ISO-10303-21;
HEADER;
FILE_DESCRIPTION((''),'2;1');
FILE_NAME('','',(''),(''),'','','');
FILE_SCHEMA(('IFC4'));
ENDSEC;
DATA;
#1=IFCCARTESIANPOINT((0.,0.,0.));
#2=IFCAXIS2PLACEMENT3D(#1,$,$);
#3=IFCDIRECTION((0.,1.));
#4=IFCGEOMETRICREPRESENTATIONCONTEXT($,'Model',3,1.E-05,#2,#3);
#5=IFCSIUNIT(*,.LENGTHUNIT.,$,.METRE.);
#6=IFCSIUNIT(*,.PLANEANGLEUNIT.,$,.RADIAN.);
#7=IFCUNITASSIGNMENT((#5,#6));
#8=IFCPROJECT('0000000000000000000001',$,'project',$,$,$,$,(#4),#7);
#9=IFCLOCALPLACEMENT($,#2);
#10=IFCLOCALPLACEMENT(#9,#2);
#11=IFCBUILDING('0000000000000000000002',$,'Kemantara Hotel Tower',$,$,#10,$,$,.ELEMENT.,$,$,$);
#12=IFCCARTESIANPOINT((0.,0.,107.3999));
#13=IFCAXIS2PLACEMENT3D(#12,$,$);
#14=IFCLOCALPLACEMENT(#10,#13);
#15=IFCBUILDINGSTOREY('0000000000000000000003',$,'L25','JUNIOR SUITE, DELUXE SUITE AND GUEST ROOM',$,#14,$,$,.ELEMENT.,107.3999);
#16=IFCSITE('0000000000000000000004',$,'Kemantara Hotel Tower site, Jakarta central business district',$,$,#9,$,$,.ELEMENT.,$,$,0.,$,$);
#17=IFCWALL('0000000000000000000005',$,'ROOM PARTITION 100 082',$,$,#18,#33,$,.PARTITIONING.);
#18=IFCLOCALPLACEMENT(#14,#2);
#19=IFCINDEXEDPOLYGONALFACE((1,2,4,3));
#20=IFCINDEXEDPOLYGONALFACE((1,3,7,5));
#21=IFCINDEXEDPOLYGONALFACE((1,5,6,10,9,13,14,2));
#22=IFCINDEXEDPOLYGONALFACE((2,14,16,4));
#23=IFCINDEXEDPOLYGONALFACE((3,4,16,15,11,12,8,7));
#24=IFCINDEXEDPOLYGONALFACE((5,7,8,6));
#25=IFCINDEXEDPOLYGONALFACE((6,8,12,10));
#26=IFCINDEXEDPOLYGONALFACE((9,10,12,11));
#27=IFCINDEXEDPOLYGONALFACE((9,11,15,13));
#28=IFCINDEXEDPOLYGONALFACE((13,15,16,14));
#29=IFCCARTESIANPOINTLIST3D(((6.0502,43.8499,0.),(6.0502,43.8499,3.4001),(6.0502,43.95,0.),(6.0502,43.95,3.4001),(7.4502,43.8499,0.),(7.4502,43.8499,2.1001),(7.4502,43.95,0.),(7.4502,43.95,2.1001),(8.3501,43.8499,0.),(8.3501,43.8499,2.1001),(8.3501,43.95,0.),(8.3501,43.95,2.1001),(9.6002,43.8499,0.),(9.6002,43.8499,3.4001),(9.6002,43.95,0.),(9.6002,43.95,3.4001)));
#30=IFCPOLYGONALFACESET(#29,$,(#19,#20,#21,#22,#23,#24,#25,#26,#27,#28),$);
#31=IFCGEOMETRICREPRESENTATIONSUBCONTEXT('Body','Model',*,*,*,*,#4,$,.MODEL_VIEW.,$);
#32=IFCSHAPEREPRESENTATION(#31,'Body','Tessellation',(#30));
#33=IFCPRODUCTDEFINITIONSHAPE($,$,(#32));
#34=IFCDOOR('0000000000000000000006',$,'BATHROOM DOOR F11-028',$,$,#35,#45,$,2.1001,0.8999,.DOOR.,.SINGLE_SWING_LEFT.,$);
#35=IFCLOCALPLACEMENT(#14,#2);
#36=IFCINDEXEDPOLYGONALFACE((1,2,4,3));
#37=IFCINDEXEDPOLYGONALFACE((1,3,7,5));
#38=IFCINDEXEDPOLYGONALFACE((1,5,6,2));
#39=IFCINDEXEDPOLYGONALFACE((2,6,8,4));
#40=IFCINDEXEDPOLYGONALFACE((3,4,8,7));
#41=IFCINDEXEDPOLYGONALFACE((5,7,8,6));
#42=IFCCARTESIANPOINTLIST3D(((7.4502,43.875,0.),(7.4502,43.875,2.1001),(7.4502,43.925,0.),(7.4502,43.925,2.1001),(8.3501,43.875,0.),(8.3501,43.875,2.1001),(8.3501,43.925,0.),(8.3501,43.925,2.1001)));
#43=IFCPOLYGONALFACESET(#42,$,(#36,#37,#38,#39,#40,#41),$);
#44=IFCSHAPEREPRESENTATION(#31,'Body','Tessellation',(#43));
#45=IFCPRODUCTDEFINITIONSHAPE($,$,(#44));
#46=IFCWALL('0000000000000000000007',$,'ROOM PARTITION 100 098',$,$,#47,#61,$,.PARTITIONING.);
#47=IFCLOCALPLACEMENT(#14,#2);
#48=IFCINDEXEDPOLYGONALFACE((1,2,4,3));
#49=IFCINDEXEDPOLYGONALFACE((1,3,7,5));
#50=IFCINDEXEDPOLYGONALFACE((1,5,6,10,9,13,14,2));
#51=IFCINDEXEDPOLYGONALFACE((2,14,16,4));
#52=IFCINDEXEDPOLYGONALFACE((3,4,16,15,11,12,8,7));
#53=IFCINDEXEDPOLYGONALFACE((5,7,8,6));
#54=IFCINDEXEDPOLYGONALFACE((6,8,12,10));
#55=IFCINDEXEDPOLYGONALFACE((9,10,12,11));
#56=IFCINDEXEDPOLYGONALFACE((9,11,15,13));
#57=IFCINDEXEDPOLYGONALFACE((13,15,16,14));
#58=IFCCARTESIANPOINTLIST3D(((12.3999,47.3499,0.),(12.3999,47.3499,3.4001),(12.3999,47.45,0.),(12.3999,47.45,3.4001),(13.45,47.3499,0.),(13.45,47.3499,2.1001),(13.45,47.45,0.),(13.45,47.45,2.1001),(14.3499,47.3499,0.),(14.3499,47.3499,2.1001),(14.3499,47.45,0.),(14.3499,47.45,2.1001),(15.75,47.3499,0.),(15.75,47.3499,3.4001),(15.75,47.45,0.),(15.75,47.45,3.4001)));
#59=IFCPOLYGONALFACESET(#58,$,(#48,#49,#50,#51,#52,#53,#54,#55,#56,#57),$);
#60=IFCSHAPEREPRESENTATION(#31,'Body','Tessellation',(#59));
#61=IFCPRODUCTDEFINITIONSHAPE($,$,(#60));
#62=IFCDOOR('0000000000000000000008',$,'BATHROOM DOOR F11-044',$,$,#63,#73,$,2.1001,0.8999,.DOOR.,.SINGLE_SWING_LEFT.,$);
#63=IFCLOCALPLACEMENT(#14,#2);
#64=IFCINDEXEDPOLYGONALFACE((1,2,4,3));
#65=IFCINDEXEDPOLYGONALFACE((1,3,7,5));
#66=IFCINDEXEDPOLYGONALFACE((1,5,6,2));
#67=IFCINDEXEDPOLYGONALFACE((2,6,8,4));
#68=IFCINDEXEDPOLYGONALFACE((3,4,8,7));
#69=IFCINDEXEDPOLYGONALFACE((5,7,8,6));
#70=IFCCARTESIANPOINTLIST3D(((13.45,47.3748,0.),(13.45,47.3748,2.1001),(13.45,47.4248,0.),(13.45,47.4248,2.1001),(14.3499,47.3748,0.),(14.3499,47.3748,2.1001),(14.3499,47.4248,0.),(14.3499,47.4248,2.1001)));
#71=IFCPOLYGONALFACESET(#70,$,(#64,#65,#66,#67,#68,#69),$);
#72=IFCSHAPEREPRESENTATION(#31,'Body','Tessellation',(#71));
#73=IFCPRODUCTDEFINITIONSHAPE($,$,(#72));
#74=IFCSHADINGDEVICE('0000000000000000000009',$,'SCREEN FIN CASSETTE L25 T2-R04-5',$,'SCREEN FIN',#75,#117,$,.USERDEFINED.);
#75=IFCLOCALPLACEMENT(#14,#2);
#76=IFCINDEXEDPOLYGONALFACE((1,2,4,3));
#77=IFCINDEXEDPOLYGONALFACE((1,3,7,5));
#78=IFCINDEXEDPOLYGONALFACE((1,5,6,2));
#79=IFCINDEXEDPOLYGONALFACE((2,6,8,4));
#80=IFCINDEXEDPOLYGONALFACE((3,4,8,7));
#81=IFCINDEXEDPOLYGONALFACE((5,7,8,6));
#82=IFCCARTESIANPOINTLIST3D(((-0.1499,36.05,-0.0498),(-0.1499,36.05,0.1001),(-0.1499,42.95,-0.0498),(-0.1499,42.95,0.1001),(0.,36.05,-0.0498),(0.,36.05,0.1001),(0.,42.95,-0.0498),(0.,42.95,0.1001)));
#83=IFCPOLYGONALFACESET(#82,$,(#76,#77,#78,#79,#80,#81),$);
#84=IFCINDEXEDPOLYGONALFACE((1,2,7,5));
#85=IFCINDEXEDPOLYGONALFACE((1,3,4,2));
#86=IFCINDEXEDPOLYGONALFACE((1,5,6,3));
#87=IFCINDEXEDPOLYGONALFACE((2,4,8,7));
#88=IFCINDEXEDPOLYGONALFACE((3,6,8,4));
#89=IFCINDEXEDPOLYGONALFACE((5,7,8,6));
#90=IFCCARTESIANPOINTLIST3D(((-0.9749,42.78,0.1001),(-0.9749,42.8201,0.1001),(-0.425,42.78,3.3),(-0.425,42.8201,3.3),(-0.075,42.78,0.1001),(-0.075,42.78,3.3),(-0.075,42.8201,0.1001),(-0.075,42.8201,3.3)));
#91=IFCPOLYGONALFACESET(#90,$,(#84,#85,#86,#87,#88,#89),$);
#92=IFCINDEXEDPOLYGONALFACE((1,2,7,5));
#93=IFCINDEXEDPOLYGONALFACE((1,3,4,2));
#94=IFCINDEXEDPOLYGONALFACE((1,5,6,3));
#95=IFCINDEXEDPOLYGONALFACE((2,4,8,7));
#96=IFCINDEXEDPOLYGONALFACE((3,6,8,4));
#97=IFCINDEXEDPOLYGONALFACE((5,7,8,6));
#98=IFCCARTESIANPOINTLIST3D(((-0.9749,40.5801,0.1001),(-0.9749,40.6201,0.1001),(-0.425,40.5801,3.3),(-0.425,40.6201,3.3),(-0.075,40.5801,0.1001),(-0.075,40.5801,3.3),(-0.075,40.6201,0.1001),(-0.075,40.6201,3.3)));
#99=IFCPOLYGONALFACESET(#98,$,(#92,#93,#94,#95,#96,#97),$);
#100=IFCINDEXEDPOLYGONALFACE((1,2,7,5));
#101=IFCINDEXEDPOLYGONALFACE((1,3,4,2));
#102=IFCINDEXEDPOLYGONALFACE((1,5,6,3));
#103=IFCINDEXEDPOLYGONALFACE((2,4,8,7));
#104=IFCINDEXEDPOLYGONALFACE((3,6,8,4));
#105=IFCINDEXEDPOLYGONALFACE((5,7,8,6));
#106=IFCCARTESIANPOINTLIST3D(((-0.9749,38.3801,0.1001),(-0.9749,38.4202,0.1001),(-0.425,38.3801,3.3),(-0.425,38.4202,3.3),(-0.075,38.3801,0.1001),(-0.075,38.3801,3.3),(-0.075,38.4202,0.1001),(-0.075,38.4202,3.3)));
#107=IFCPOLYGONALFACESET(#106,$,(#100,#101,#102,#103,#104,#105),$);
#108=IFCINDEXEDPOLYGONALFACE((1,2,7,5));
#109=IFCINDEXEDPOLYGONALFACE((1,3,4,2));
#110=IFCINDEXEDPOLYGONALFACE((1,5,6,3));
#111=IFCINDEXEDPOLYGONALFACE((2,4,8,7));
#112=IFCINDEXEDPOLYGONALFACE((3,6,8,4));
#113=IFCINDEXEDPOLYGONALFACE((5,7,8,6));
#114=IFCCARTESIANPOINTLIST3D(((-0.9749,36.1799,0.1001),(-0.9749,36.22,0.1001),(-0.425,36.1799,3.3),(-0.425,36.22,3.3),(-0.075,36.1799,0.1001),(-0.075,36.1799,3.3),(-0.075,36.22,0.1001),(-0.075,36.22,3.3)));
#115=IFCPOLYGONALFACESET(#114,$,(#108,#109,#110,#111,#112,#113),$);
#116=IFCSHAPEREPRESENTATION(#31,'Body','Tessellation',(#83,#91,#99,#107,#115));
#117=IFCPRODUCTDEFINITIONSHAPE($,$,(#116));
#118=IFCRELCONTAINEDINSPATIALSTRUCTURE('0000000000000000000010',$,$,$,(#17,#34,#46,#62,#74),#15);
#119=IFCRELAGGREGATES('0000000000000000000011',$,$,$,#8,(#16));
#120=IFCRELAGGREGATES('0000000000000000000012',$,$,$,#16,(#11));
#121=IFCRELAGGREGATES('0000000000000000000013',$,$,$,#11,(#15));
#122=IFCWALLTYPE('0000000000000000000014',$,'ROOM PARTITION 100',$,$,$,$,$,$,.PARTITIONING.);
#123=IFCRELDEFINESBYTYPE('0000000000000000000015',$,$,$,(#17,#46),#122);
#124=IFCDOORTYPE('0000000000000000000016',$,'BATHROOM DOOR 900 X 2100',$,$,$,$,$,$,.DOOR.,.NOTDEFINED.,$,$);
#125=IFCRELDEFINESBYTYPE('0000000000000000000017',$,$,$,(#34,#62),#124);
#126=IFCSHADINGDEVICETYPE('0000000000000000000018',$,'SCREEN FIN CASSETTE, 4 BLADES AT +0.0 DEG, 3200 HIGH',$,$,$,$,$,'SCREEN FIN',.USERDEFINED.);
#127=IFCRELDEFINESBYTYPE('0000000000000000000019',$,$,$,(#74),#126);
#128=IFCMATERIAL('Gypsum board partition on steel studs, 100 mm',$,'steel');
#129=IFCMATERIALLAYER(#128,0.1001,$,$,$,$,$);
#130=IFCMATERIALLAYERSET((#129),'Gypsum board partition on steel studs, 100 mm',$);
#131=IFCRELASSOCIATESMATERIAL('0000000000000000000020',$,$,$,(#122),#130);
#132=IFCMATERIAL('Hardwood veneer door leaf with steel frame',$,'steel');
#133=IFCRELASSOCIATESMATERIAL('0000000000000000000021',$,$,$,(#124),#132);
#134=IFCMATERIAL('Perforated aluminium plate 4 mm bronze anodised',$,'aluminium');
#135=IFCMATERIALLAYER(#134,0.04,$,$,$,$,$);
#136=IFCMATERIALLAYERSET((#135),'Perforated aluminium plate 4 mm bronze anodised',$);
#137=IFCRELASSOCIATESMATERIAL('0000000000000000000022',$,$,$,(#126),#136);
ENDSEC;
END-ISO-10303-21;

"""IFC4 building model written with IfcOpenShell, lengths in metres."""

from ifc_helpers import new_model, si_unit, direction, frame, frame_2d, origin, origin_2d, place, context, subcontext, project, spatial, polyline, rectangle, outline, extrude, source, transform, mapped, material, layer, layer_set, type_object, element, fill, save


model = new_model("IFC4")

# Units and contexts
model_context = context("Model", 3, precision=1e-05, world=origin(), true_north=direction((0.0, 1.0)))
body_context = subcontext(model_context, "Body", "Model", "MODEL_VIEW")
ifc_project = project(units=[si_unit("LENGTHUNIT", "METRE"), si_unit("PLANEANGLEUNIT", "RADIAN")], contexts=[model_context])

# Site, building, storey
site_placement = place(None, origin())
site = spatial("IfcSite", under=ifc_project, at=site_placement, Name="Kemantara Hotel Tower site, Jakarta central business district", CompositionType="ELEMENT", RefElevation=0.0)
building_placement = place(site_placement, origin())
building = spatial("IfcBuilding", under=site, at=building_placement, Name="Kemantara Hotel Tower", CompositionType="ELEMENT")
storey_placement = place(building_placement, frame((0.0, 0.0, 107.3999)))
storey = spatial("IfcBuildingStorey", under=building, at=storey_placement, Name="L25", Description="JUNIOR SUITE, DELUXE SUITE AND GUEST ROOM", CompositionType="ELEMENT", Elevation=107.3999)

# Shared definitions
ifc_material_1 = material(Name="Hardwood veneer door leaf with steel frame", Category="steel")

# Shared definitions
ifc_material_2 = material(Name="Gypsum board partition on steel studs, 100 mm", Category="steel")
ifc_layer_1 = layer(ifc_material_2, 0.1001)
ifc_layer_set_1 = layer_set([ifc_layer_1], Name="Gypsum board partition on steel studs, 100 mm")
wall_type_1 = type_object("IfcWallType", Name="ROOM PARTITION 100", PredefinedType="PARTITIONING", material=ifc_layer_set_1)

# Walls, openings, doors
wall_1_placement = place(storey_placement, frame((9.6001, 43.8999, 0.0), z_axis=(0.0, 0.0, 1.0), x_axis=(-1.0, 0.0, 0.0)))
wall_1 = element("IfcWall", 1, at=wall_1_placement, inside=storey, type_object=wall_type_1, Name="ROOM PARTITION 100 082", PredefinedType="PARTITIONING", context=body_context, shape_type="SweptSolid", body=[
    extrude(rectangle(XDim=3.55, YDim=0.1001, at=frame_2d((1.7749, 0.0))), origin(), (0.0, 0.0, 1.0), 3.4001),
])
opening_1_placement = place(wall_1_placement, frame((1.25, 0.0, 0.0)))
opening_1 = element("IfcOpeningElement", 2, at=opening_1_placement, cuts=wall_1, PredefinedType="OPENING", context=body_context, shape_type="SweptSolid", body=[
    extrude(rectangle(XDim=0.8999, YDim=2.1001, at=frame_2d((0.45, 1.05))), frame((0.0, 0.0601, 0.0), z_axis=(0.0, -1.0, 0.0), x_axis=(1.0, 0.0, 0.0)), (0.0, 0.0, 1.0), 0.1201),
])
door_type_1 = type_object("IfcDoorType", Name="BATHROOM DOOR 900 X 2100", OperationType="NOTDEFINED", PredefinedType="DOOR", material=ifc_material_1)
door_1_placement = place(opening_1_placement, origin())
door_1 = element("IfcDoor", 3, at=door_1_placement, inside=storey, type_object=door_type_1, Name="BATHROOM DOOR F11-028", OperationType="SINGLE_SWING_LEFT", OverallHeight=2.1001, OverallWidth=0.8999, PredefinedType="DOOR", context=body_context, shape_type="SweptSolid", body=[
    extrude(rectangle(XDim=0.8999, YDim=2.1001, at=frame_2d((0.45, 1.05))), frame((0.0, 0.0249, 0.0), z_axis=(0.0, -1.0, 0.0), x_axis=(1.0, 0.0, 0.0)), (0.0, 0.0, 1.0), 0.05),
])
fill(opening_1, door_1)
wall_2_placement = place(storey_placement, frame((12.3999, 47.3999, 0.0), z_axis=(0.0, 0.0, 1.0), x_axis=(1.0, 0.0, 0.0)))
wall_2 = element("IfcWall", 4, at=wall_2_placement, inside=storey, type_object=wall_type_1, Name="ROOM PARTITION 100 098", PredefinedType="PARTITIONING", context=body_context, shape_type="SweptSolid", body=[
    extrude(rectangle(XDim=3.3501, YDim=0.1001, at=frame_2d((1.675, 0.0))), origin(), (0.0, 0.0, 1.0), 3.4001),
])
opening_2_placement = place(wall_2_placement, frame((1.05, 0.0, 0.0)))
opening_2 = element("IfcOpeningElement", 5, at=opening_2_placement, cuts=wall_2, PredefinedType="OPENING", context=body_context, shape_type="SweptSolid", body=[
    extrude(rectangle(XDim=0.8999, YDim=2.1001, at=frame_2d((0.45, 1.05))), frame((0.0, 0.0601, 0.0), z_axis=(0.0, -1.0, 0.0), x_axis=(1.0, 0.0, 0.0)), (0.0, 0.0, 1.0), 0.1201),
])
door_2_placement = place(opening_2_placement, origin())
door_2 = element("IfcDoor", 6, at=door_2_placement, inside=storey, type_object=door_type_1, Name="BATHROOM DOOR F11-044", OperationType="SINGLE_SWING_LEFT", OverallHeight=2.1001, OverallWidth=0.8999, PredefinedType="DOOR", context=body_context, shape_type="SweptSolid", body=[
    extrude(rectangle(XDim=0.8999, YDim=2.1001, at=frame_2d((0.45, 1.05))), frame((0.0, 0.0249, 0.0), z_axis=(0.0, -1.0, 0.0), x_axis=(1.0, 0.0, 0.0)), (0.0, 0.0, 1.0), 0.05),
])
fill(opening_2, door_2)

# Shading device
ifc_material_3 = material(Name="Perforated aluminium plate 4 mm bronze anodised", Category="aluminium")
ifc_layer_2 = layer(ifc_material_3, 0.04)
ifc_layer_set_2 = layer_set([ifc_layer_2], Name="Perforated aluminium plate 4 mm bronze anodised")
shading_device_type = type_object("IfcShadingDeviceType", Name="SCREEN FIN CASSETTE, 4 BLADES AT +0.0 DEG, 3200 HIGH", ElementType="SCREEN FIN", PredefinedType="USERDEFINED", material=ifc_layer_set_2)
shared_shape = source(origin(), body_context, "Body", "SweptSolid", [
    extrude(rectangle(XDim=6.8999, YDim=0.1499, at=origin_2d()), frame((3.3, -0.075, -0.1499), z_axis=(0.0, 0.0, 1.0), x_axis=(1.0, 0.0, 0.0)), (0.0, 0.0, 1.0), 0.1499),
    extrude(outline(polyline([(0.0, 0.0), (0.8999, 0.0), (0.3501, 3.2), (0.0, 3.2), (0.0, 0.0)])), frame((0.02, -0.075, 0.0), z_axis=(-1.0, 0.0, 0.0), x_axis=(0.0, -1.0, 0.0)), (0.0, 0.0, 1.0), 0.04),
    extrude(outline(polyline([(0.0, 0.0), (0.8999, 0.0), (0.3501, 3.2), (0.0, 3.2), (0.0, 0.0)])), frame((2.22, -0.075, 0.0), z_axis=(-1.0, 0.0, 0.0), x_axis=(0.0, -1.0, 0.0)), (0.0, 0.0, 1.0), 0.04),
    extrude(outline(polyline([(0.0, 0.0), (0.8999, 0.0), (0.3501, 3.2), (0.0, 3.2), (0.0, 0.0)])), frame((4.4199, -0.075, 0.0), z_axis=(-1.0, 0.0, 0.0), x_axis=(0.0, -1.0, 0.0)), (0.0, 0.0, 1.0), 0.04),
    extrude(outline(polyline([(0.0, 0.0), (0.8999, 0.0), (0.3501, 3.2), (0.0, 3.2), (0.0, 0.0)])), frame((6.6201, -0.075, 0.0), z_axis=(-1.0, 0.0, 0.0), x_axis=(0.0, -1.0, 0.0)), (0.0, 0.0, 1.0), 0.04),
])
shading_device_placement = place(storey_placement, frame((0.0, 42.8, 0.1001), z_axis=(0.0, 0.0, 1.0), x_axis=(0.0, -1.0, 0.0)))
element("IfcShadingDevice", 7, at=shading_device_placement, inside=storey, type_object=shading_device_type, Name="SCREEN FIN CASSETTE L25 T2-R04-5", ObjectType="SCREEN FIN", PredefinedType="USERDEFINED", context=body_context, shape_type="MappedRepresentation", body=[
    mapped(shared_shape, transform((0.0, 0.0, 0.0))),
])

save(model, "model.ifc")
